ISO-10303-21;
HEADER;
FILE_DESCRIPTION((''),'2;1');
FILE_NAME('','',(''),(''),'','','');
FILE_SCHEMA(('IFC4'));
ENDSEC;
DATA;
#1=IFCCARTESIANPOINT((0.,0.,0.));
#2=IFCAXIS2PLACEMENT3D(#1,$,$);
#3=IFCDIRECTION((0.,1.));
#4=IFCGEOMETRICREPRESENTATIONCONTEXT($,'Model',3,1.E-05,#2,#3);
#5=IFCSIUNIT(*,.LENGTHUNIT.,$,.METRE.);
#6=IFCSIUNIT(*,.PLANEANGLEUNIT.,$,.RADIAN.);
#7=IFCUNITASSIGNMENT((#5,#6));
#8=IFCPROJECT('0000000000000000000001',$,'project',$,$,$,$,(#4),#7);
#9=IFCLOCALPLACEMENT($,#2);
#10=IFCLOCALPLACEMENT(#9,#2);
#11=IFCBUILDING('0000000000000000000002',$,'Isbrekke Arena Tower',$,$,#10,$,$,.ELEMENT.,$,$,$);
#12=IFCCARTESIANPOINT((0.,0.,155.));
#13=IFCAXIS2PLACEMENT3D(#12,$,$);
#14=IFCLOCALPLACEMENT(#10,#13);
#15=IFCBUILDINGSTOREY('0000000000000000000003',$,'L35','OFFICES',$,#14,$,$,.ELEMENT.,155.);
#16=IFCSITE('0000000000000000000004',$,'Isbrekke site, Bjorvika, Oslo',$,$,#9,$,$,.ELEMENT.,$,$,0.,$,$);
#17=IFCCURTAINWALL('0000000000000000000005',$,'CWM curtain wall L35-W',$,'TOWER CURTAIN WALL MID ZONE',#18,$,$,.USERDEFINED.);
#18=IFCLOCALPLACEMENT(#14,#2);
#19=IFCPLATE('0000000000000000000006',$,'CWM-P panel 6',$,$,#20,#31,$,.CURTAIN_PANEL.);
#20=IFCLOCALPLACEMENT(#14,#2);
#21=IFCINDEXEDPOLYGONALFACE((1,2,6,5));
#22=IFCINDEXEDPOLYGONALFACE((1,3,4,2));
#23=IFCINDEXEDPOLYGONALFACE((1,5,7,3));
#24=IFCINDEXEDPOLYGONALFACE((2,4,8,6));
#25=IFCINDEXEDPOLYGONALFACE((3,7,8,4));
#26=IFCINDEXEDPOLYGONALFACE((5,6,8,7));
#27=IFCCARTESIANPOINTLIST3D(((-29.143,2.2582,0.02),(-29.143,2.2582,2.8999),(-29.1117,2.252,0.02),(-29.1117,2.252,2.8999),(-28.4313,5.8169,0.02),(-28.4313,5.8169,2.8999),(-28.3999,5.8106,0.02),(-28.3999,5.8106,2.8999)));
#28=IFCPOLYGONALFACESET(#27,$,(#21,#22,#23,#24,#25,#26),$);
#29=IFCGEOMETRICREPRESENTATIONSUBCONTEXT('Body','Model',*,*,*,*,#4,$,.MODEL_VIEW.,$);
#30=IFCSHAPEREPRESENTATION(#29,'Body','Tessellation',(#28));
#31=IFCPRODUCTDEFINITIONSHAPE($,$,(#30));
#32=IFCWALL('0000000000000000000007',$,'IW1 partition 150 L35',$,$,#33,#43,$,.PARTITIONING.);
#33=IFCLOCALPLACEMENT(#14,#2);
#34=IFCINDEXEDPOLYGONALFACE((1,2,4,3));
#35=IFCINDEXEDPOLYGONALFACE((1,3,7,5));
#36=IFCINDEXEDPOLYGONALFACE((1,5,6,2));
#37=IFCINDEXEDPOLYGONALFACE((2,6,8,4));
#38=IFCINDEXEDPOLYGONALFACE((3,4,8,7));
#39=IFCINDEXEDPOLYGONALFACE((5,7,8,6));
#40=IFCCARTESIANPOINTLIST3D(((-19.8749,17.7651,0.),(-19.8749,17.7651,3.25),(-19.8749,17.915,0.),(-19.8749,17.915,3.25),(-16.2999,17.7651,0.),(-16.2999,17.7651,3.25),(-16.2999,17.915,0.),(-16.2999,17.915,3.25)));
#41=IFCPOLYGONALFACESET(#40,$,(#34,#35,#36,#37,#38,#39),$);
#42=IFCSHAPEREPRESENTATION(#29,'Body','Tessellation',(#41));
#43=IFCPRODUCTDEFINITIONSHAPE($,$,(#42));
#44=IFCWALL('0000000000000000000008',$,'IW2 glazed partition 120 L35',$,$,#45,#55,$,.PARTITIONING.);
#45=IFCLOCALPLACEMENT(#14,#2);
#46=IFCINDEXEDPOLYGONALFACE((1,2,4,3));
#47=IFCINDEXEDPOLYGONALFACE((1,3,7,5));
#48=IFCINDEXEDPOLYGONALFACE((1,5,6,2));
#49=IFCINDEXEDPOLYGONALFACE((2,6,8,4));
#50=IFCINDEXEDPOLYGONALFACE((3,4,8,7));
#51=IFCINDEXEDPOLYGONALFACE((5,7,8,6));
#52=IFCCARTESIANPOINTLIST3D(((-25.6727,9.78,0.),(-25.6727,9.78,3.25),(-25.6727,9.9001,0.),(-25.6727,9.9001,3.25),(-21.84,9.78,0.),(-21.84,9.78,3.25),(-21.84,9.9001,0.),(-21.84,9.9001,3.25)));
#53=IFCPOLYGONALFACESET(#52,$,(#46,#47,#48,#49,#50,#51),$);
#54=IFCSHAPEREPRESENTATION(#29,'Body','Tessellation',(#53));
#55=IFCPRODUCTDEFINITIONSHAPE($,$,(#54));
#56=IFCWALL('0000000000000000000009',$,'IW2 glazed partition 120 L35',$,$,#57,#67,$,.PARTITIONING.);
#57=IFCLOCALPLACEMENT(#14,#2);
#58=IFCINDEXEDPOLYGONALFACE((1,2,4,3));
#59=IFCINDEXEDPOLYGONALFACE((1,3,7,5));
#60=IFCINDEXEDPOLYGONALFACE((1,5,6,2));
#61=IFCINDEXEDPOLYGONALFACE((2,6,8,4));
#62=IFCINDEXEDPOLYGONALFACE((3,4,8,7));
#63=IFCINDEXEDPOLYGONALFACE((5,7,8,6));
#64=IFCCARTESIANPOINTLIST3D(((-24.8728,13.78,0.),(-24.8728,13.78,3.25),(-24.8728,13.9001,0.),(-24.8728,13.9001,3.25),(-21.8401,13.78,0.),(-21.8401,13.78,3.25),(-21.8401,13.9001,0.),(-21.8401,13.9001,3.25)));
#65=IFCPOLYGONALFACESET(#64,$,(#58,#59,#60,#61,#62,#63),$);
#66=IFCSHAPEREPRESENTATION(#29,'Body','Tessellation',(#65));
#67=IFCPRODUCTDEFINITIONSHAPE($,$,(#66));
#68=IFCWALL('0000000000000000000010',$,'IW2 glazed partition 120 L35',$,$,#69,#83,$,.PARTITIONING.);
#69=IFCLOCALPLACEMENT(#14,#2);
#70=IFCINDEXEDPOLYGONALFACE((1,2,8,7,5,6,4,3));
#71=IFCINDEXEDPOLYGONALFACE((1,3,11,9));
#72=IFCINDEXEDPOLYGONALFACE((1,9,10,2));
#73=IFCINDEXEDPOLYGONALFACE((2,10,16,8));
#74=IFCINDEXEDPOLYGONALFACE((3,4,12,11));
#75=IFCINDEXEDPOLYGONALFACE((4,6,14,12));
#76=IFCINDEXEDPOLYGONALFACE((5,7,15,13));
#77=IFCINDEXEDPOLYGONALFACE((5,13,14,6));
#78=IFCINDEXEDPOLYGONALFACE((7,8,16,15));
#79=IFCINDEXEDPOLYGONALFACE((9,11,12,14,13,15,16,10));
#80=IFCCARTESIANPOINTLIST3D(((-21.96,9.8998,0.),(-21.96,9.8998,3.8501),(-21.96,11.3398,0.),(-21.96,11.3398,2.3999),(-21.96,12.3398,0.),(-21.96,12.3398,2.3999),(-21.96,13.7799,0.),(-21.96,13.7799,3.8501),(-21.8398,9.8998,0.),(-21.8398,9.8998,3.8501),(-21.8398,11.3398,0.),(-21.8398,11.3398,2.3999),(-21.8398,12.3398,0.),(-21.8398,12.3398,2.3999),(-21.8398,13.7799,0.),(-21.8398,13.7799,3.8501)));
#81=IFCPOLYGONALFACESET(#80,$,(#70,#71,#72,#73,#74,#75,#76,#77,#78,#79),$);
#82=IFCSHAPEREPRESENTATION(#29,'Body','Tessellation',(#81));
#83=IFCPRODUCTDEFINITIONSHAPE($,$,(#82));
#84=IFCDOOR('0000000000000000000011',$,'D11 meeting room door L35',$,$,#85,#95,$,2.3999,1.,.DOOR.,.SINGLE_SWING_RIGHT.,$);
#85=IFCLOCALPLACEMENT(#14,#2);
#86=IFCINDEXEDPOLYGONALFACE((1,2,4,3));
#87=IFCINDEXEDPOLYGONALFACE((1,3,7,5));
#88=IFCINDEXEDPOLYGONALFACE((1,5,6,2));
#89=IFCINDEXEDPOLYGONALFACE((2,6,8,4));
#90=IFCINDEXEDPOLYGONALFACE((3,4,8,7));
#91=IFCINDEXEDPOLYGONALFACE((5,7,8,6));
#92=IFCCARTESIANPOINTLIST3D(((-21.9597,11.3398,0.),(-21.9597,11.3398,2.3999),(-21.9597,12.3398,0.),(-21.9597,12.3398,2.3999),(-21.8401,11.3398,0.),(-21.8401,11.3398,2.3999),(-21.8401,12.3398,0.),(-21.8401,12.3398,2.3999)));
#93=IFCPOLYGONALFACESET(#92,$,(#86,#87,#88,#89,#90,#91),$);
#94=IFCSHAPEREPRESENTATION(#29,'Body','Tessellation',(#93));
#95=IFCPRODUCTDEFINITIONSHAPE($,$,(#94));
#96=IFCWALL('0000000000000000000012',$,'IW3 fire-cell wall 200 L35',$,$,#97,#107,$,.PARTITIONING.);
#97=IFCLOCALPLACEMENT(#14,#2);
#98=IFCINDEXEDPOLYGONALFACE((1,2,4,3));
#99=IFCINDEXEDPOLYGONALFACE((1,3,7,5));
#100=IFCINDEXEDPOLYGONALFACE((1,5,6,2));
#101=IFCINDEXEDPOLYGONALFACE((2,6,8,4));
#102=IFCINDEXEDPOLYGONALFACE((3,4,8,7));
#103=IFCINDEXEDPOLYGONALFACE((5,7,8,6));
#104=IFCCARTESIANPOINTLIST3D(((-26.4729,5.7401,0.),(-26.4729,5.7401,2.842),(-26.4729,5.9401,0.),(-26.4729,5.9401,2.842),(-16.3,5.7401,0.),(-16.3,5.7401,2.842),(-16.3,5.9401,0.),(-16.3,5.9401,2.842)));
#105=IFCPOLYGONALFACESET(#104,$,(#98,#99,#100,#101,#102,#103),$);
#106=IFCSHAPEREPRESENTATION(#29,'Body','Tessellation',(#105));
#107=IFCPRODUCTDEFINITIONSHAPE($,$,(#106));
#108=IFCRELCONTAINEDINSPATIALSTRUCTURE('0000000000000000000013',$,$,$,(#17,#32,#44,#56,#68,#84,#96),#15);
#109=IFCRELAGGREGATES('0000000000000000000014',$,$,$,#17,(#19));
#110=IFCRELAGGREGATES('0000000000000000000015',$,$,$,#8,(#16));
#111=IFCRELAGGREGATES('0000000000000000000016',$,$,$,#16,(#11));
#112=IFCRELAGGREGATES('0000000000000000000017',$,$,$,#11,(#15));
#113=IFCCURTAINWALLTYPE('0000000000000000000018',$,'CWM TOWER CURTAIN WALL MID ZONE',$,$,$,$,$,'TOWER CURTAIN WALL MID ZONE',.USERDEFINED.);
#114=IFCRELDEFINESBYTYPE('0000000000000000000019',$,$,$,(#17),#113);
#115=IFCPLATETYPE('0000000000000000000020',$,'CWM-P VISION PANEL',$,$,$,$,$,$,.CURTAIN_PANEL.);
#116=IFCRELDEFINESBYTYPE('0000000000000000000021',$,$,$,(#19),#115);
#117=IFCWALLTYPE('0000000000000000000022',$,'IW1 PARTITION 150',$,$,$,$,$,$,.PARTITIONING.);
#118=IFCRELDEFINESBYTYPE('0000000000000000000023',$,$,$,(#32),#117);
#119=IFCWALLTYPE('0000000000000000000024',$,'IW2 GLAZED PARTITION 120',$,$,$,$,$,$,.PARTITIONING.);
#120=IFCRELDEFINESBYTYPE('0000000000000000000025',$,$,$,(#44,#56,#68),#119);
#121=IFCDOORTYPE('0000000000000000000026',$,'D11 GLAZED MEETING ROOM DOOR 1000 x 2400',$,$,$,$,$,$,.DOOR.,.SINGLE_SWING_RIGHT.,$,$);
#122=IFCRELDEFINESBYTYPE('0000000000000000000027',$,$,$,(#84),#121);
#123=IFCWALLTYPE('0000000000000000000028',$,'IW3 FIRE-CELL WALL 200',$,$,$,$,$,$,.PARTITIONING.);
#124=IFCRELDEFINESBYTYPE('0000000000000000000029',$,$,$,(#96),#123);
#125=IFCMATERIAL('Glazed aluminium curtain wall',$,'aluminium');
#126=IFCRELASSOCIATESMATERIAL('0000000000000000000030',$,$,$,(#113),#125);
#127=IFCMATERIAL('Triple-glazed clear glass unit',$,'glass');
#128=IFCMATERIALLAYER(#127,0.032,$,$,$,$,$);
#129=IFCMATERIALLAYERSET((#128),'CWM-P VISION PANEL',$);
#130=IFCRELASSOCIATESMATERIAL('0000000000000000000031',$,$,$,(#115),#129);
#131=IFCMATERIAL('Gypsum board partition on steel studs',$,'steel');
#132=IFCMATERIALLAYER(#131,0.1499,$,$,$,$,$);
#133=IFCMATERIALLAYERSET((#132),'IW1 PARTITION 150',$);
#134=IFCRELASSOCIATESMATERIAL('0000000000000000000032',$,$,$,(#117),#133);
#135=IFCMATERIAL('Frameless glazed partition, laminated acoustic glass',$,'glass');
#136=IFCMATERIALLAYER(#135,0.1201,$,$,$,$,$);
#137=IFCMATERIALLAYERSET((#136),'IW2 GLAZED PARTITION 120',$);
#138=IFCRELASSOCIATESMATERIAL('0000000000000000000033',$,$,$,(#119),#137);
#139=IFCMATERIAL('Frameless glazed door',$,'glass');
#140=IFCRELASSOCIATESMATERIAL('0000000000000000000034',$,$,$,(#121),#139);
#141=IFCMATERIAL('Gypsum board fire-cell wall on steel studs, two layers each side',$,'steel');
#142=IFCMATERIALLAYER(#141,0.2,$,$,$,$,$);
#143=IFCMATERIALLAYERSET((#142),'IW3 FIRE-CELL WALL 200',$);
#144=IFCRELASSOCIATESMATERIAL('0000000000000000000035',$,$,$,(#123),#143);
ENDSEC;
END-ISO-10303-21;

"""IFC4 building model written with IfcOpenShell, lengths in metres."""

from ifc_helpers import new_model, si_unit, direction, frame, frame_2d, origin, origin_2d, place, context, subcontext, project, spatial, rectangle, extrude, material, layer, layer_set, type_object, element, fill, aggregate, save


model = new_model("IFC4")

# Units and contexts
model_context = context("Model", 3, precision=1e-05, world=origin(), true_north=direction((0.0, 1.0)))
body_context = subcontext(model_context, "Body", "Model", "MODEL_VIEW")
ifc_project = project(units=[si_unit("LENGTHUNIT", "METRE"), si_unit("PLANEANGLEUNIT", "RADIAN")], contexts=[model_context])

# Site, building, storey
site_placement = place(None, origin())
site = spatial("IfcSite", under=ifc_project, at=site_placement, Name="Isbrekke site, Bjorvika, Oslo", CompositionType="ELEMENT", RefElevation=0.0)
building_placement = place(site_placement, origin())
building = spatial("IfcBuilding", under=site, at=building_placement, Name="Isbrekke Arena Tower", CompositionType="ELEMENT")
storey_placement = place(building_placement, frame((0.0, 0.0, 155.0)))
storey = spatial("IfcBuildingStorey", under=building, at=storey_placement, Name="L35", Description="OFFICES", CompositionType="ELEMENT", Elevation=155.0)

# Curtain wall
ifc_material_1 = material(Name="Glazed aluminium curtain wall", Category="aluminium")
curtain_wall_type = type_object("IfcCurtainWallType", Name="CWM TOWER CURTAIN WALL MID ZONE", ElementType="TOWER CURTAIN WALL MID ZONE", PredefinedType="USERDEFINED", material=ifc_material_1)
curtain_wall_placement = place(storey_placement, origin())
curtain_wall = element("IfcCurtainWall", 1, at=curtain_wall_placement, inside=storey, type_object=curtain_wall_type, Name="CWM curtain wall L35-W", ObjectType="TOWER CURTAIN WALL MID ZONE", PredefinedType="USERDEFINED")

# Plate
ifc_material_2 = material(Name="Triple-glazed clear glass unit", Category="glass")
ifc_layer_1 = layer(ifc_material_2, 0.032)
ifc_layer_set_1 = layer_set([ifc_layer_1], Name="CWM-P VISION PANEL")
plate_type = type_object("IfcPlateType", Name="CWM-P VISION PANEL", PredefinedType="CURTAIN_PANEL", material=ifc_layer_set_1)
plate_1_placement = place(storey_placement, frame((-28.7715, 4.0344, 0.02), z_axis=(0.0, 0.0, 1.0), x_axis=(-0.196116, -0.980581, 0.0)))
plate_1 = element("IfcPlate", 2, at=plate_1_placement, type_object=plate_type, Name="CWM-P panel 6", PredefinedType="CURTAIN_PANEL", context=body_context, shape_type="SweptSolid", body=[
    extrude(rectangle(XDim=3.6292, YDim=0.032, at=origin_2d()), origin(), (0.0, 0.0, 1.0), 2.8799),
])
aggregate(curtain_wall, [plate_1])

# Walls
ifc_material_3 = material(Name="Gypsum board partition on steel studs", Category="steel")
ifc_layer_2 = layer(ifc_material_3, 0.1499)
ifc_layer_set_2 = layer_set([ifc_layer_2], Name="IW1 PARTITION 150")
wall_type_1 = type_object("IfcWallType", Name="IW1 PARTITION 150", PredefinedType="PARTITIONING", material=ifc_layer_set_2)
wall_1_placement = place(storey_placement, frame((-19.875, 17.8401, 0.0), z_axis=(0.0, 0.0, 1.0), x_axis=(1.0, 0.0, 0.0)))
element("IfcWall", 3, at=wall_1_placement, inside=storey, type_object=wall_type_1, Name="IW1 partition 150 L35", PredefinedType="PARTITIONING", context=body_context, shape_type="SweptSolid", body=[
    extrude(rectangle(XDim=3.575, YDim=0.1499, at=frame_2d((1.7876, 0.0))), origin(), (0.0, 0.0, 1.0), 3.25),
])
ifc_material_4 = material(Name="Frameless glazed partition, laminated acoustic glass", Category="glass")
ifc_layer_3 = layer(ifc_material_4, 0.1201)
ifc_layer_set_3 = layer_set([ifc_layer_3], Name="IW2 GLAZED PARTITION 120")
wall_type_2 = type_object("IfcWallType", Name="IW2 GLAZED PARTITION 120", PredefinedType="PARTITIONING", material=ifc_layer_set_3)
wall_2_placement = place(storey_placement, frame((-25.6729, 9.8401, 0.0), z_axis=(0.0, 0.0, 1.0), x_axis=(1.0, 0.0, 0.0)))
element("IfcWall", 4, at=wall_2_placement, inside=storey, type_object=wall_type_2, Name="IW2 glazed partition 120 L35", PredefinedType="PARTITIONING", context=body_context, shape_type="SweptSolid", body=[
    extrude(rectangle(XDim=3.8328, YDim=0.1201, at=frame_2d((1.9165, 0.0))), origin(), (0.0, 0.0, 1.0), 3.25),
])
wall_3_placement = place(storey_placement, frame((-24.8728, 13.8401, 0.0), z_axis=(0.0, 0.0, 1.0), x_axis=(1.0, 0.0, 0.0)))
element("IfcWall", 5, at=wall_3_placement, inside=storey, type_object=wall_type_2, Name="IW2 glazed partition 120 L35", PredefinedType="PARTITIONING", context=body_context, shape_type="SweptSolid", body=[
    extrude(rectangle(XDim=3.0327, YDim=0.1201, at=frame_2d((1.5164, 0.0))), origin(), (0.0, 0.0, 1.0), 3.25),
])

# Wall, opening, door
wall_4_placement = place(storey_placement, frame((-21.8999, 9.8999, 0.0), z_axis=(0.0, 0.0, 1.0), x_axis=(0.0, 1.0, 0.0)))
wall_4 = element("IfcWall", 6, at=wall_4_placement, inside=storey, type_object=wall_type_2, Name="IW2 glazed partition 120 L35", PredefinedType="PARTITIONING", context=body_context, shape_type="SweptSolid", body=[
    extrude(rectangle(XDim=3.8801, YDim=0.1201, at=frame_2d((1.9399, 0.0))), origin(), (0.0, 0.0, 1.0), 3.8501),
])
opening_placement = place(wall_4_placement, frame((1.4399, 0.0, 0.0)))
opening = element("IfcOpeningElement", 7, at=opening_placement, cuts=wall_4, PredefinedType="OPENING", context=body_context, shape_type="SweptSolid", body=[
    extrude(rectangle(XDim=1.0, YDim=2.3999, at=frame_2d((0.5, 1.2))), frame((0.0, 0.075, 0.0), z_axis=(0.0, -1.0, 0.0), x_axis=(1.0, 0.0, 0.0)), (0.0, 0.0, 1.0), 0.1499),
])
ifc_material_5 = material(Name="Frameless glazed door", Category="glass")
door_type = type_object("IfcDoorType", Name="D11 GLAZED MEETING ROOM DOOR 1000 x 2400", OperationType="SINGLE_SWING_RIGHT", PredefinedType="DOOR", material=ifc_material_5)
door_placement = place(opening_placement, origin())
door = element("IfcDoor", 8, at=door_placement, inside=storey, type_object=door_type, Name="D11 meeting room door L35", OperationType="SINGLE_SWING_RIGHT", OverallHeight=2.3999, OverallWidth=1.0, PredefinedType="DOOR", context=body_context, shape_type="SweptSolid", body=[
    extrude(rectangle(XDim=1.0, YDim=2.3999, at=frame_2d((0.5, 1.2))), frame((0.0, 0.0598, 0.0), z_axis=(0.0, -1.0, 0.0), x_axis=(1.0, 0.0, 0.0)), (0.0, 0.0, 1.0), 0.1196),
])
fill(opening, door)

# Wall
ifc_material_6 = material(Name="Gypsum board fire-cell wall on steel studs, two layers each side", Category="steel")
ifc_layer_4 = layer(ifc_material_6, 0.2)
ifc_layer_set_4 = layer_set([ifc_layer_4], Name="IW3 FIRE-CELL WALL 200")
wall_type_3 = type_object("IfcWallType", Name="IW3 FIRE-CELL WALL 200", PredefinedType="PARTITIONING", material=ifc_layer_set_4)
wall_5_placement = place(storey_placement, frame((-26.4729, 5.8401, 0.0), z_axis=(0.0, 0.0, 1.0), x_axis=(1.0, 0.0, 0.0)))
element("IfcWall", 9, at=wall_5_placement, inside=storey, type_object=wall_type_3, Name="IW3 fire-cell wall 200 L35", PredefinedType="PARTITIONING", context=body_context, shape_type="SweptSolid", body=[
    extrude(rectangle(XDim=10.1729, YDim=0.2, at=frame_2d((5.0864, 0.0))), origin(), (0.0, 0.0, 1.0), 2.842),
])

save(model, "model.ifc")
